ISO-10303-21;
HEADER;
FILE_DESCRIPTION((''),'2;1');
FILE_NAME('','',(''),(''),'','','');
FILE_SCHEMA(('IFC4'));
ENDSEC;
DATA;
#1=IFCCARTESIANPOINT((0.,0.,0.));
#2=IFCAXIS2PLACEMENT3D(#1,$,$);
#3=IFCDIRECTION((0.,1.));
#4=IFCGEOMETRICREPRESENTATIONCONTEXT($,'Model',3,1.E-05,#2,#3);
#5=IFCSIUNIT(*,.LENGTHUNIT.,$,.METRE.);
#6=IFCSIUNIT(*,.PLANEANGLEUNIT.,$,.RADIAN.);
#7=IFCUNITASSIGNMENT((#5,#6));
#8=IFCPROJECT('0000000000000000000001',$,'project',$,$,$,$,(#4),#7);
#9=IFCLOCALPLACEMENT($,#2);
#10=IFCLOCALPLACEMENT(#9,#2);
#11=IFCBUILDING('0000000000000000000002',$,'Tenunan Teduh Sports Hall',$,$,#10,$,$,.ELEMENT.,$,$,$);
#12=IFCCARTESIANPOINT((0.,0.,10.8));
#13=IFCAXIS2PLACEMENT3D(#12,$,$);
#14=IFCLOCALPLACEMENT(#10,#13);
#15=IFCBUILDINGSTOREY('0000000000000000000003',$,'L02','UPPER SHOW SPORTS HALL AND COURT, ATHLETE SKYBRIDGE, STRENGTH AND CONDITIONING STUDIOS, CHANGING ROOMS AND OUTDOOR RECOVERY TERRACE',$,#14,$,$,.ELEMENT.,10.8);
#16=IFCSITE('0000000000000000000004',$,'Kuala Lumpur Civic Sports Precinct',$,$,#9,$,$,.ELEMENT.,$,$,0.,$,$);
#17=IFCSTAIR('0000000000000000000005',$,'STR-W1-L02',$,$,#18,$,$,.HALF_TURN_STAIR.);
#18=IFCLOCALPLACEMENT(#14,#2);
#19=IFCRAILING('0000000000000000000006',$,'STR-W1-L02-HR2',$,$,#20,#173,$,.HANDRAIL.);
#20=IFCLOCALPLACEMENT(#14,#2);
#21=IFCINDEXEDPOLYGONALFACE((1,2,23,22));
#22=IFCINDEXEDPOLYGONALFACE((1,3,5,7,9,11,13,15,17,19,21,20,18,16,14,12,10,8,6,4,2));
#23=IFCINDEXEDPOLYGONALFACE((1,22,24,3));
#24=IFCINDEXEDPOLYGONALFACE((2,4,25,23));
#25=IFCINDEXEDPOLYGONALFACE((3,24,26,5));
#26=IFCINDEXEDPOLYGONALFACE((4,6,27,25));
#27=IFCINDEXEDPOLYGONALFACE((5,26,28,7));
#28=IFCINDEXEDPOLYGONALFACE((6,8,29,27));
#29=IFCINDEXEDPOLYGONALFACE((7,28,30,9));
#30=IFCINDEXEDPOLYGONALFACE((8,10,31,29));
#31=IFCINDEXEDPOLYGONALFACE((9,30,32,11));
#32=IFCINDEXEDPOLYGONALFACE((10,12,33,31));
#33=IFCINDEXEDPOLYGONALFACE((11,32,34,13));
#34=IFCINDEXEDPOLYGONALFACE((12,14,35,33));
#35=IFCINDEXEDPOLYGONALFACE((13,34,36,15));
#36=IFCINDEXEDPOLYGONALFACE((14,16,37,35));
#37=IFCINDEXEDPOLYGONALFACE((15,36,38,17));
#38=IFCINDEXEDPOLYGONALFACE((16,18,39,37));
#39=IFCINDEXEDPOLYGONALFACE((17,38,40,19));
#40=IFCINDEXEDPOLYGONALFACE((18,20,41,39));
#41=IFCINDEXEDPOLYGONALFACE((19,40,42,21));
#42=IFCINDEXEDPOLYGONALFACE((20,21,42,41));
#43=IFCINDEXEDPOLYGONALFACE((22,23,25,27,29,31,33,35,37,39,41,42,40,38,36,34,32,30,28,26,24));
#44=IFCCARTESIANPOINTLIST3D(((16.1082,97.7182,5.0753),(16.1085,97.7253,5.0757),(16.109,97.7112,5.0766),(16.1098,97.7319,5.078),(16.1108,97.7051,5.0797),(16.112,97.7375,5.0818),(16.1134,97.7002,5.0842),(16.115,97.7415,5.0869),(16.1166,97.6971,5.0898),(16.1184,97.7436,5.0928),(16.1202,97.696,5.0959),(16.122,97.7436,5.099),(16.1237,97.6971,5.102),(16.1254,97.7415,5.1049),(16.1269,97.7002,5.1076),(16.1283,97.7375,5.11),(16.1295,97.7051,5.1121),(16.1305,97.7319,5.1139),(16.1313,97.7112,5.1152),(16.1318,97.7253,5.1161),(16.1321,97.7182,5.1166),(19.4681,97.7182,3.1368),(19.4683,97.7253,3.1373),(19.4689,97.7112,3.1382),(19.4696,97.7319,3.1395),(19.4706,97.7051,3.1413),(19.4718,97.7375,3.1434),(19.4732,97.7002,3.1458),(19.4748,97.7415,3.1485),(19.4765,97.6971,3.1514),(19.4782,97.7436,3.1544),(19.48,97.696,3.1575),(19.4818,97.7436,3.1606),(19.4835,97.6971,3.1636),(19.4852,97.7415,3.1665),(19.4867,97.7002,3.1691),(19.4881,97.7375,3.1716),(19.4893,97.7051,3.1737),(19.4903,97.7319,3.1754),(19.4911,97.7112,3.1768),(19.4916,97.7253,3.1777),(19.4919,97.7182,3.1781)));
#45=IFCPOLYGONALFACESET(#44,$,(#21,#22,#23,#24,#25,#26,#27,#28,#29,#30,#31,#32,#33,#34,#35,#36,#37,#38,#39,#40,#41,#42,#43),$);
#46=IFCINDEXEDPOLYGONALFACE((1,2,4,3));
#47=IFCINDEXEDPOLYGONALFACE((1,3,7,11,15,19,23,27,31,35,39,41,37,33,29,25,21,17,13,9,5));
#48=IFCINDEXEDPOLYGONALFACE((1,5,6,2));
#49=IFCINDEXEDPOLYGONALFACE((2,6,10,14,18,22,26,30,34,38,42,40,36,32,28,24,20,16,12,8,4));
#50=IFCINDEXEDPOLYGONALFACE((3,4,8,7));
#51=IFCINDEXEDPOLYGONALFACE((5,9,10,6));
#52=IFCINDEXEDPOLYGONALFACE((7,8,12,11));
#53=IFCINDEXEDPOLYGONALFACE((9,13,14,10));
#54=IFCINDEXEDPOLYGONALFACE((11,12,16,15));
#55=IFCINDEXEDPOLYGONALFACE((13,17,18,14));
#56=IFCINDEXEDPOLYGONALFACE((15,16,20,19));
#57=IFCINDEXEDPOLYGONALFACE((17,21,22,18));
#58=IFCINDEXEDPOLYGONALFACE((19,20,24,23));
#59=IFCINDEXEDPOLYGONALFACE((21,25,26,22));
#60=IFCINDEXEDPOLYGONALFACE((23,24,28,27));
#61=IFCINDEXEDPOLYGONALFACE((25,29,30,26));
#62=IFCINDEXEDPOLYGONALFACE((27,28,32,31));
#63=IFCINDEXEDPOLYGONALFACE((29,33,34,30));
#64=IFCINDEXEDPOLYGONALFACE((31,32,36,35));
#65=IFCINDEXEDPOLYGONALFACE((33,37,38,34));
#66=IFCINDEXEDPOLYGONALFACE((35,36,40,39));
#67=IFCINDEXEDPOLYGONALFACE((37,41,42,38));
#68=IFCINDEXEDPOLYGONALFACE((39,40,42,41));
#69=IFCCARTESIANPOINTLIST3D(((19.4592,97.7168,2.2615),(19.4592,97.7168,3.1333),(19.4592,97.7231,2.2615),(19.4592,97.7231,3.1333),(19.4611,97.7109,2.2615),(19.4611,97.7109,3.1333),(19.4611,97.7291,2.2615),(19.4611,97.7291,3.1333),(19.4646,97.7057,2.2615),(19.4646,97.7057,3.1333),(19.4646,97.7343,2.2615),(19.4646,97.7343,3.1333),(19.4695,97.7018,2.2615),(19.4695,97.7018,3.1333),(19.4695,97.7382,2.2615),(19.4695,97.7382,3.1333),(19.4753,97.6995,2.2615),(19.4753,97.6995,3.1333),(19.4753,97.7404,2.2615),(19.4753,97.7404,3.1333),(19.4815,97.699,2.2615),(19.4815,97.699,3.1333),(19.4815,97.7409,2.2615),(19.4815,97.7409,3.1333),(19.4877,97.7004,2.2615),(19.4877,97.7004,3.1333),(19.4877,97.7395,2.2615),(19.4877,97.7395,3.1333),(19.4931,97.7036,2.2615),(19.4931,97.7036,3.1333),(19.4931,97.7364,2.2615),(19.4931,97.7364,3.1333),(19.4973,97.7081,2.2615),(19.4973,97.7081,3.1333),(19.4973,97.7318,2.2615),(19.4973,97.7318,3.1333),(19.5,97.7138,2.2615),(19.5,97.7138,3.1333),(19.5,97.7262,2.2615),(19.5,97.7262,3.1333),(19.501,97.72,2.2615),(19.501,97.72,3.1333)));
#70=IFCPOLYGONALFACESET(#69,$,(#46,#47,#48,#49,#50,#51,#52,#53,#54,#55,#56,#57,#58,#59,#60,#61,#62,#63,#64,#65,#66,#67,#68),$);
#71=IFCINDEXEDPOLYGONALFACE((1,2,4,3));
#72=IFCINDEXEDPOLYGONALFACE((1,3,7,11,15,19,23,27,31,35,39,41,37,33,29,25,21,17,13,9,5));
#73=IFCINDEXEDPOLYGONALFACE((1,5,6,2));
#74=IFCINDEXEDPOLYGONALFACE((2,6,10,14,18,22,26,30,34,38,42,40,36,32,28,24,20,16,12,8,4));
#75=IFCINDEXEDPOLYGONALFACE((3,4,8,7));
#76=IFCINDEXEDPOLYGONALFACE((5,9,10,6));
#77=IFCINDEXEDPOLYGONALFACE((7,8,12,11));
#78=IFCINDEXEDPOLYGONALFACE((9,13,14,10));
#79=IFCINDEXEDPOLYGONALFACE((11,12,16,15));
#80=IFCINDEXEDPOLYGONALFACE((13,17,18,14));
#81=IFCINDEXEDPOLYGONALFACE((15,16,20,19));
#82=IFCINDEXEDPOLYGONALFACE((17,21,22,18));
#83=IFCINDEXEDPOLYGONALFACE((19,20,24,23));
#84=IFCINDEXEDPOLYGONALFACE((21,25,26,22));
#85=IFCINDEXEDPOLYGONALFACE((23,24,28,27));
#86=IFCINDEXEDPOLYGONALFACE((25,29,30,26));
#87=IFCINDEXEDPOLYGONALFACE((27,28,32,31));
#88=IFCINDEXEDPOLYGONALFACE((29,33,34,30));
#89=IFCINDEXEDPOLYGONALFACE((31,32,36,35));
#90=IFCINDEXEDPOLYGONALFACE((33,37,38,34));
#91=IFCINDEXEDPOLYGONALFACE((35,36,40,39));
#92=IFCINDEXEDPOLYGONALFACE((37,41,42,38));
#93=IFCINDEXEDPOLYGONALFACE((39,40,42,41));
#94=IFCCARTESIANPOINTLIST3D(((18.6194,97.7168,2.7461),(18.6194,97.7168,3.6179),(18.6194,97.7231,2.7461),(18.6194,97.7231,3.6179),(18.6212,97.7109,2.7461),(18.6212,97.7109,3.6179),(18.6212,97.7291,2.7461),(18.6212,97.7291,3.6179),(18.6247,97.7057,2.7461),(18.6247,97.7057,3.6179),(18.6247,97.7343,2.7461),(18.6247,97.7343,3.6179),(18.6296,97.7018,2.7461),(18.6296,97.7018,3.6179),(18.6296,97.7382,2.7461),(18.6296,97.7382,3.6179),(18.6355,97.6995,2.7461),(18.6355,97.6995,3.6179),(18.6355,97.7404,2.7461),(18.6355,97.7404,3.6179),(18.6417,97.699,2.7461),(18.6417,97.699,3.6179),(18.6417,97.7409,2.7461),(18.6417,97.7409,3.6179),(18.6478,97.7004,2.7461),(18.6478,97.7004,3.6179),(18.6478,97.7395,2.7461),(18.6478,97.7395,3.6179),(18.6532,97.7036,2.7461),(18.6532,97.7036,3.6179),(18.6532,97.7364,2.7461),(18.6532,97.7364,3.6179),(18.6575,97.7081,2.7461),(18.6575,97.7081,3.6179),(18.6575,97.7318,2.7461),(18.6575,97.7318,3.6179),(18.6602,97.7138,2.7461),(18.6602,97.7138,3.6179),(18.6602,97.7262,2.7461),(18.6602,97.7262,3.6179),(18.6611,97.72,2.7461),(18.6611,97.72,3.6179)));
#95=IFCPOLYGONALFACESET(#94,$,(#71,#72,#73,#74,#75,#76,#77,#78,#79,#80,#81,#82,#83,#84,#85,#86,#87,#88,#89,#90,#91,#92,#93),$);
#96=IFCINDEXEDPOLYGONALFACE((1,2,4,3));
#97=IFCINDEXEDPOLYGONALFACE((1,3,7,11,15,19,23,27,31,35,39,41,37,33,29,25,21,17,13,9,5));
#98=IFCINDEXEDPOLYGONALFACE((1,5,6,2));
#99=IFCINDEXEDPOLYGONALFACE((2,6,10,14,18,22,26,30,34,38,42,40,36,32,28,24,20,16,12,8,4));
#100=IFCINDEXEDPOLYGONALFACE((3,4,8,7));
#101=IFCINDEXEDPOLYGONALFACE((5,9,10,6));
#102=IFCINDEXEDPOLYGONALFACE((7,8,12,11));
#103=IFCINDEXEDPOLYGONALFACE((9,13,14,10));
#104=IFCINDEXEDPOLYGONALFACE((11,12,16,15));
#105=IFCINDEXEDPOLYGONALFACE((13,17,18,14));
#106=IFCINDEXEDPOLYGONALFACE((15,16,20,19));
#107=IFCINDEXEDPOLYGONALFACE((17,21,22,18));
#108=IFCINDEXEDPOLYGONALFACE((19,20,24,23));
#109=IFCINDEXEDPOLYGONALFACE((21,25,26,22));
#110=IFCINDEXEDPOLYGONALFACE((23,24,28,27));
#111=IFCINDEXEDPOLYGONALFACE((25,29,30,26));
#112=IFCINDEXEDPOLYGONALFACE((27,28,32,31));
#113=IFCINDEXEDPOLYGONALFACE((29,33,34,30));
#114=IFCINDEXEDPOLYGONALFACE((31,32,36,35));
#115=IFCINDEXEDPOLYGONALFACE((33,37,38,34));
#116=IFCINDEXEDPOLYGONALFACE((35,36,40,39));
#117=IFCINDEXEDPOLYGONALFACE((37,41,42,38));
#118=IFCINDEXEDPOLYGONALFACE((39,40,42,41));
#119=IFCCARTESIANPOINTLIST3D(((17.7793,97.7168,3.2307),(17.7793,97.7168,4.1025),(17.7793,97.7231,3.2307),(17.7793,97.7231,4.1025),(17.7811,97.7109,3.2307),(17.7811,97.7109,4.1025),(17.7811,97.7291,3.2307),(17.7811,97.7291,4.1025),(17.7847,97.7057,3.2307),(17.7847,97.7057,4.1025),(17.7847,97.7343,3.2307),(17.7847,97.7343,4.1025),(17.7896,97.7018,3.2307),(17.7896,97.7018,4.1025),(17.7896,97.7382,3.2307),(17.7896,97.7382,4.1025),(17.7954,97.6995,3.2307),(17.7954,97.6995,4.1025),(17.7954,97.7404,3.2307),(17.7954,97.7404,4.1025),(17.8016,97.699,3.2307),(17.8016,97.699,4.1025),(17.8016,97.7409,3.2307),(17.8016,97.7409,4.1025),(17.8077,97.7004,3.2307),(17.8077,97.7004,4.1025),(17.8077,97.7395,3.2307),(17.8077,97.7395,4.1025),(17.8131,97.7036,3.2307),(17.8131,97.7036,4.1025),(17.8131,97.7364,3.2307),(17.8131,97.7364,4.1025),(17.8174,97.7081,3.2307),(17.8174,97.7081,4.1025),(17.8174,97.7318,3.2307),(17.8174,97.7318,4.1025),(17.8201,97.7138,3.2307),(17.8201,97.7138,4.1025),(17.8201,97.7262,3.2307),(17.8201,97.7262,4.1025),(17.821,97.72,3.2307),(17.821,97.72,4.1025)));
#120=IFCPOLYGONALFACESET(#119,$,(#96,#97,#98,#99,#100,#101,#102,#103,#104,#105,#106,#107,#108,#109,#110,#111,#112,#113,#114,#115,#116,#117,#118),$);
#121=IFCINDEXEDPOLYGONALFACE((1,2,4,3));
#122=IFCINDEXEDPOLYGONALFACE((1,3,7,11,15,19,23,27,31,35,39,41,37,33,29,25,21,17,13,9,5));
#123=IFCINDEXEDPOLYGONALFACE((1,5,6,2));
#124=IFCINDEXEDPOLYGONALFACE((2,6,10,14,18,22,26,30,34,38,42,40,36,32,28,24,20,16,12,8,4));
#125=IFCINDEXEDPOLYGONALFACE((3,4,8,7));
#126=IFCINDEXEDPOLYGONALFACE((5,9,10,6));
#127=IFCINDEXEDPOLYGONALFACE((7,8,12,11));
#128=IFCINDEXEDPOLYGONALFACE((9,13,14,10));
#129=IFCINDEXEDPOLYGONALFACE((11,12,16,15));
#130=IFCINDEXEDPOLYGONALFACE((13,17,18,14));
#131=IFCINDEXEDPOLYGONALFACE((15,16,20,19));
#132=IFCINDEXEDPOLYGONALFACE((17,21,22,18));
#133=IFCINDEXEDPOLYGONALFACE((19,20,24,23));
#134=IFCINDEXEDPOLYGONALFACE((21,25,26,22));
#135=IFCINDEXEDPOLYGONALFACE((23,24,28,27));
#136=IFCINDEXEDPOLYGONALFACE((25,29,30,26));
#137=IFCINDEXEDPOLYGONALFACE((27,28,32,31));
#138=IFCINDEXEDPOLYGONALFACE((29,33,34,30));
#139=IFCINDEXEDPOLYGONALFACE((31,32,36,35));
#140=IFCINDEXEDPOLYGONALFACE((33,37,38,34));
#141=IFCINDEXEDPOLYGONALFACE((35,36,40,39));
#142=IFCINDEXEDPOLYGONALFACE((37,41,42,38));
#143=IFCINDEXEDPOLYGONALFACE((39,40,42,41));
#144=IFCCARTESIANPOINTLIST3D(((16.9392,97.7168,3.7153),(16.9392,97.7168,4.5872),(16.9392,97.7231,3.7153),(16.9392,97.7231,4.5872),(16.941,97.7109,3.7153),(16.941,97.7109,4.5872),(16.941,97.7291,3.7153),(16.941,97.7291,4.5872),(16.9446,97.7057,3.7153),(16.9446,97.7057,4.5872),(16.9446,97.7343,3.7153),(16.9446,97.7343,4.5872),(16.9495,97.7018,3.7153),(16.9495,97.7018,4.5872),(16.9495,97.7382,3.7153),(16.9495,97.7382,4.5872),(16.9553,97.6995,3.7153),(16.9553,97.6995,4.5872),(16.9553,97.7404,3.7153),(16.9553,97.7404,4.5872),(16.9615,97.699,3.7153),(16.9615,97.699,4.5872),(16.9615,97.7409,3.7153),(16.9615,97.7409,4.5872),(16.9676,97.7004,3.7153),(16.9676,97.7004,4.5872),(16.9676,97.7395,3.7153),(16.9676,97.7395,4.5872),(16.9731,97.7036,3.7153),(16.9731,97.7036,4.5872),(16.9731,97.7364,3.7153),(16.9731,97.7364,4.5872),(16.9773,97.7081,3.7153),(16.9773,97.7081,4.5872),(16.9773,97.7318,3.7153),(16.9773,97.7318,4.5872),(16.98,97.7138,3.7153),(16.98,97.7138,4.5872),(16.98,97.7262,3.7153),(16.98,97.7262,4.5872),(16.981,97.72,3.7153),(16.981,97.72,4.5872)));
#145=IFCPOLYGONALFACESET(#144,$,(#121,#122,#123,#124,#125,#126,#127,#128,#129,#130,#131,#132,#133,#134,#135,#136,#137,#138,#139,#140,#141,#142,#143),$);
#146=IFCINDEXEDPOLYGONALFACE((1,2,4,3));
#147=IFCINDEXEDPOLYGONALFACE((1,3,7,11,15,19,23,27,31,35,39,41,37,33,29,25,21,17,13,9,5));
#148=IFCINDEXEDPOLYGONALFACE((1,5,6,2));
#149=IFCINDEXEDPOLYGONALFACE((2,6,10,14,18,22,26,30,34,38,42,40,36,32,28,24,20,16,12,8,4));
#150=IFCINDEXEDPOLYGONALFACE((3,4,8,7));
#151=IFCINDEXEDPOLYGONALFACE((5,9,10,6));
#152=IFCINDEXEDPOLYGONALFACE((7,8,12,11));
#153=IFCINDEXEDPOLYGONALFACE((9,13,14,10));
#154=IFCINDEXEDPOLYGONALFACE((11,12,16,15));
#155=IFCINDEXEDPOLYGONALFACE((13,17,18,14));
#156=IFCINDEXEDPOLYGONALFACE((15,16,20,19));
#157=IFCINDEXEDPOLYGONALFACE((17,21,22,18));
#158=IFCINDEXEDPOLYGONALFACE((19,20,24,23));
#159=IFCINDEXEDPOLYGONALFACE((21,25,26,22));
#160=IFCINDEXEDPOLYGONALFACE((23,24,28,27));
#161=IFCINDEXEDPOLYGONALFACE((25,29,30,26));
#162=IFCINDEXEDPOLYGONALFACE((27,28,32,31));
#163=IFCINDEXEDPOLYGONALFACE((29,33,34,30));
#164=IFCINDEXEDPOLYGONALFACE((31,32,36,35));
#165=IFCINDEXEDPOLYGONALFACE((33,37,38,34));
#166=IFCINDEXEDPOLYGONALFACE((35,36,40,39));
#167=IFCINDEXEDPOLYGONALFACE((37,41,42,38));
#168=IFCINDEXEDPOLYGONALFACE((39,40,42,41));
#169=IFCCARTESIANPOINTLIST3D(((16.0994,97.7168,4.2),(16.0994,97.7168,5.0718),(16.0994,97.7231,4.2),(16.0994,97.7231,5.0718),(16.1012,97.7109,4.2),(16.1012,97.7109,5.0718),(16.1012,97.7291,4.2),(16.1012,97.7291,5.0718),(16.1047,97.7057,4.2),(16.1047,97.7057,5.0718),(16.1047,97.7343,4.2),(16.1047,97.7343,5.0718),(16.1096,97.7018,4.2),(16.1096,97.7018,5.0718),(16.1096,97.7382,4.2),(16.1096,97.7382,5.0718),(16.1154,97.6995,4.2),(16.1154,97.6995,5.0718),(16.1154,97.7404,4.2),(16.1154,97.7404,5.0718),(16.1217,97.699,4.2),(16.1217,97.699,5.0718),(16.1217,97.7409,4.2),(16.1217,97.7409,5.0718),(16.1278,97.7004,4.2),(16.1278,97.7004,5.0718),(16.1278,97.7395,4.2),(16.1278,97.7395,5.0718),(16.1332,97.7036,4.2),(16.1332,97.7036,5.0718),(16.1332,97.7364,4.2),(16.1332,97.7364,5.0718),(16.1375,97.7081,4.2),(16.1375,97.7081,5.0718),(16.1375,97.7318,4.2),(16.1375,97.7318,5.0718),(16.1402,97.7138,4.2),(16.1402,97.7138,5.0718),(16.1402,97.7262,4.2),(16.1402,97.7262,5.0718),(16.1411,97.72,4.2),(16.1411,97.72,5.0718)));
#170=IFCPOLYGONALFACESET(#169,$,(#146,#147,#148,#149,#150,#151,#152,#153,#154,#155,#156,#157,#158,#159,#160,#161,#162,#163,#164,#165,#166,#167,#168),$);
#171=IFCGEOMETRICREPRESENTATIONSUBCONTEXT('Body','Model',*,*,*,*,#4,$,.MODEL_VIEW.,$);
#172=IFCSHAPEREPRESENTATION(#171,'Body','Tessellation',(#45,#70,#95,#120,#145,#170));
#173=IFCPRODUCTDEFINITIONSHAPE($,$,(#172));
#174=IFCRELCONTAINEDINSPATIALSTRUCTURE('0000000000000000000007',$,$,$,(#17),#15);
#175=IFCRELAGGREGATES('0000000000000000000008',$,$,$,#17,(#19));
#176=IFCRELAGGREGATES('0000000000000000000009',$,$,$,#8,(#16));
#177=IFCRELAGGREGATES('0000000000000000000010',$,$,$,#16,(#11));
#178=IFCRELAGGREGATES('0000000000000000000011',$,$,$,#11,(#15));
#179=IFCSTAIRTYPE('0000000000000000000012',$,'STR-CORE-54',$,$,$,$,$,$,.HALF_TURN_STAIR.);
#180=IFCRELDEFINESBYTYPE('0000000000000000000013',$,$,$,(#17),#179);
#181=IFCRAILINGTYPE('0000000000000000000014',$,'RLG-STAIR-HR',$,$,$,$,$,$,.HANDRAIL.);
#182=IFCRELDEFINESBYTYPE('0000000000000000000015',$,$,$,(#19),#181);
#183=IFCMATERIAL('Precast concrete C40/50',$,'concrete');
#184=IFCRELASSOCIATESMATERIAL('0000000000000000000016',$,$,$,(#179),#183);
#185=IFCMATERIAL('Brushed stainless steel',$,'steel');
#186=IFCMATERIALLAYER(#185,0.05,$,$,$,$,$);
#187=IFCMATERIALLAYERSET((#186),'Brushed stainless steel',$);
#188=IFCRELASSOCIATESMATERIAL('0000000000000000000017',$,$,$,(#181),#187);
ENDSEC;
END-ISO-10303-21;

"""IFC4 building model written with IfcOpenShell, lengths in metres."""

from ifc_helpers import new_model, si_unit, direction, frame, origin, origin_2d, place, context, subcontext, project, spatial, circle, extrude, material, layer, layer_set, type_object, element, aggregate, save


model = new_model("IFC4")

# Units and contexts
model_context = context("Model", 3, precision=1e-05, world=origin(), true_north=direction((0.0, 1.0)))
body_context = subcontext(model_context, "Body", "Model", "MODEL_VIEW")
ifc_project = project(units=[si_unit("LENGTHUNIT", "METRE"), si_unit("PLANEANGLEUNIT", "RADIAN")], contexts=[model_context])

# Site, building, storey
site_placement = place(None, origin())
site = spatial("IfcSite", under=ifc_project, at=site_placement, Name="Kuala Lumpur Civic Sports Precinct", CompositionType="ELEMENT", RefElevation=0.0)
building_placement = place(site_placement, origin())
building = spatial("IfcBuilding", under=site, at=building_placement, Name="Tenunan Teduh Sports Hall", CompositionType="ELEMENT")
storey_placement = place(building_placement, frame((0.0, 0.0, 10.8)))
storey = spatial("IfcBuildingStorey", under=building, at=storey_placement, Name="L02", Description="UPPER SHOW SPORTS HALL AND COURT, ATHLETE SKYBRIDGE, STRENGTH AND CONDITIONING STUDIOS, CHANGING ROOMS AND OUTDOOR RECOVERY TERRACE", CompositionType="ELEMENT", Elevation=10.8)

# Stair
ifc_material_1 = material(Name="Precast concrete C40/50", Category="concrete")
stair_type = type_object("IfcStairType", Name="STR-CORE-54", PredefinedType="HALF_TURN_STAIR", material=ifc_material_1)
stair_placement = place(storey_placement, origin())
stair = element("IfcStair", 1, at=stair_placement, inside=storey, type_object=stair_type, Name="STR-W1-L02", PredefinedType="HALF_TURN_STAIR")

# Railing
ifc_material_2 = material(Name="Brushed stainless steel", Category="steel")
ifc_layer_1 = layer(ifc_material_2, 0.05)
ifc_layer_set_1 = layer_set([ifc_layer_1], Name="Brushed stainless steel")
railing_type_1 = type_object("IfcRailingType", Name="RLG-STAIR-HR", PredefinedType="HANDRAIL", material=ifc_layer_set_1)
railing_1_placement = place(storey_placement, frame((19.48, 97.72, 2.2615)))
railing_1 = element("IfcRailing", 2, at=railing_1_placement, type_object=railing_type_1, Name="STR-W1-L02-HR2", PredefinedType="HANDRAIL", context=body_context, shape_type="SweptSolid", body=[
    extrude(circle(Radius=0.0239, at=origin_2d()), frame((0.0, 0.0, 0.896), z_axis=(-0.866175, 0.0, 0.499741), x_axis=(0.0, -1.0, 0.0)), (0.0, 0.0, 1.0), 3.8789),
    extrude(circle(Radius=0.021, at=origin_2d()), origin(), (0.0, 0.0, 1.0), 0.8718),
    extrude(circle(Radius=0.021, at=origin_2d()), frame((-0.8398, 0.0, 0.4846)), (0.0, 0.0, 1.0), 0.8718),
    extrude(circle(Radius=0.021, at=origin_2d()), frame((-1.6799, 0.0, 0.9692)), (0.0, 0.0, 1.0), 0.8718),
    extrude(circle(Radius=0.021, at=origin_2d()), frame((-2.52, 0.0, 1.4539)), (0.0, 0.0, 1.0), 0.8718),
    extrude(circle(Radius=0.021, at=origin_2d()), frame((-3.3599, 0.0, 1.9385)), (0.0, 0.0, 1.0), 0.8718),
])
aggregate(stair, [railing_1])

save(model, "model.ifc")
